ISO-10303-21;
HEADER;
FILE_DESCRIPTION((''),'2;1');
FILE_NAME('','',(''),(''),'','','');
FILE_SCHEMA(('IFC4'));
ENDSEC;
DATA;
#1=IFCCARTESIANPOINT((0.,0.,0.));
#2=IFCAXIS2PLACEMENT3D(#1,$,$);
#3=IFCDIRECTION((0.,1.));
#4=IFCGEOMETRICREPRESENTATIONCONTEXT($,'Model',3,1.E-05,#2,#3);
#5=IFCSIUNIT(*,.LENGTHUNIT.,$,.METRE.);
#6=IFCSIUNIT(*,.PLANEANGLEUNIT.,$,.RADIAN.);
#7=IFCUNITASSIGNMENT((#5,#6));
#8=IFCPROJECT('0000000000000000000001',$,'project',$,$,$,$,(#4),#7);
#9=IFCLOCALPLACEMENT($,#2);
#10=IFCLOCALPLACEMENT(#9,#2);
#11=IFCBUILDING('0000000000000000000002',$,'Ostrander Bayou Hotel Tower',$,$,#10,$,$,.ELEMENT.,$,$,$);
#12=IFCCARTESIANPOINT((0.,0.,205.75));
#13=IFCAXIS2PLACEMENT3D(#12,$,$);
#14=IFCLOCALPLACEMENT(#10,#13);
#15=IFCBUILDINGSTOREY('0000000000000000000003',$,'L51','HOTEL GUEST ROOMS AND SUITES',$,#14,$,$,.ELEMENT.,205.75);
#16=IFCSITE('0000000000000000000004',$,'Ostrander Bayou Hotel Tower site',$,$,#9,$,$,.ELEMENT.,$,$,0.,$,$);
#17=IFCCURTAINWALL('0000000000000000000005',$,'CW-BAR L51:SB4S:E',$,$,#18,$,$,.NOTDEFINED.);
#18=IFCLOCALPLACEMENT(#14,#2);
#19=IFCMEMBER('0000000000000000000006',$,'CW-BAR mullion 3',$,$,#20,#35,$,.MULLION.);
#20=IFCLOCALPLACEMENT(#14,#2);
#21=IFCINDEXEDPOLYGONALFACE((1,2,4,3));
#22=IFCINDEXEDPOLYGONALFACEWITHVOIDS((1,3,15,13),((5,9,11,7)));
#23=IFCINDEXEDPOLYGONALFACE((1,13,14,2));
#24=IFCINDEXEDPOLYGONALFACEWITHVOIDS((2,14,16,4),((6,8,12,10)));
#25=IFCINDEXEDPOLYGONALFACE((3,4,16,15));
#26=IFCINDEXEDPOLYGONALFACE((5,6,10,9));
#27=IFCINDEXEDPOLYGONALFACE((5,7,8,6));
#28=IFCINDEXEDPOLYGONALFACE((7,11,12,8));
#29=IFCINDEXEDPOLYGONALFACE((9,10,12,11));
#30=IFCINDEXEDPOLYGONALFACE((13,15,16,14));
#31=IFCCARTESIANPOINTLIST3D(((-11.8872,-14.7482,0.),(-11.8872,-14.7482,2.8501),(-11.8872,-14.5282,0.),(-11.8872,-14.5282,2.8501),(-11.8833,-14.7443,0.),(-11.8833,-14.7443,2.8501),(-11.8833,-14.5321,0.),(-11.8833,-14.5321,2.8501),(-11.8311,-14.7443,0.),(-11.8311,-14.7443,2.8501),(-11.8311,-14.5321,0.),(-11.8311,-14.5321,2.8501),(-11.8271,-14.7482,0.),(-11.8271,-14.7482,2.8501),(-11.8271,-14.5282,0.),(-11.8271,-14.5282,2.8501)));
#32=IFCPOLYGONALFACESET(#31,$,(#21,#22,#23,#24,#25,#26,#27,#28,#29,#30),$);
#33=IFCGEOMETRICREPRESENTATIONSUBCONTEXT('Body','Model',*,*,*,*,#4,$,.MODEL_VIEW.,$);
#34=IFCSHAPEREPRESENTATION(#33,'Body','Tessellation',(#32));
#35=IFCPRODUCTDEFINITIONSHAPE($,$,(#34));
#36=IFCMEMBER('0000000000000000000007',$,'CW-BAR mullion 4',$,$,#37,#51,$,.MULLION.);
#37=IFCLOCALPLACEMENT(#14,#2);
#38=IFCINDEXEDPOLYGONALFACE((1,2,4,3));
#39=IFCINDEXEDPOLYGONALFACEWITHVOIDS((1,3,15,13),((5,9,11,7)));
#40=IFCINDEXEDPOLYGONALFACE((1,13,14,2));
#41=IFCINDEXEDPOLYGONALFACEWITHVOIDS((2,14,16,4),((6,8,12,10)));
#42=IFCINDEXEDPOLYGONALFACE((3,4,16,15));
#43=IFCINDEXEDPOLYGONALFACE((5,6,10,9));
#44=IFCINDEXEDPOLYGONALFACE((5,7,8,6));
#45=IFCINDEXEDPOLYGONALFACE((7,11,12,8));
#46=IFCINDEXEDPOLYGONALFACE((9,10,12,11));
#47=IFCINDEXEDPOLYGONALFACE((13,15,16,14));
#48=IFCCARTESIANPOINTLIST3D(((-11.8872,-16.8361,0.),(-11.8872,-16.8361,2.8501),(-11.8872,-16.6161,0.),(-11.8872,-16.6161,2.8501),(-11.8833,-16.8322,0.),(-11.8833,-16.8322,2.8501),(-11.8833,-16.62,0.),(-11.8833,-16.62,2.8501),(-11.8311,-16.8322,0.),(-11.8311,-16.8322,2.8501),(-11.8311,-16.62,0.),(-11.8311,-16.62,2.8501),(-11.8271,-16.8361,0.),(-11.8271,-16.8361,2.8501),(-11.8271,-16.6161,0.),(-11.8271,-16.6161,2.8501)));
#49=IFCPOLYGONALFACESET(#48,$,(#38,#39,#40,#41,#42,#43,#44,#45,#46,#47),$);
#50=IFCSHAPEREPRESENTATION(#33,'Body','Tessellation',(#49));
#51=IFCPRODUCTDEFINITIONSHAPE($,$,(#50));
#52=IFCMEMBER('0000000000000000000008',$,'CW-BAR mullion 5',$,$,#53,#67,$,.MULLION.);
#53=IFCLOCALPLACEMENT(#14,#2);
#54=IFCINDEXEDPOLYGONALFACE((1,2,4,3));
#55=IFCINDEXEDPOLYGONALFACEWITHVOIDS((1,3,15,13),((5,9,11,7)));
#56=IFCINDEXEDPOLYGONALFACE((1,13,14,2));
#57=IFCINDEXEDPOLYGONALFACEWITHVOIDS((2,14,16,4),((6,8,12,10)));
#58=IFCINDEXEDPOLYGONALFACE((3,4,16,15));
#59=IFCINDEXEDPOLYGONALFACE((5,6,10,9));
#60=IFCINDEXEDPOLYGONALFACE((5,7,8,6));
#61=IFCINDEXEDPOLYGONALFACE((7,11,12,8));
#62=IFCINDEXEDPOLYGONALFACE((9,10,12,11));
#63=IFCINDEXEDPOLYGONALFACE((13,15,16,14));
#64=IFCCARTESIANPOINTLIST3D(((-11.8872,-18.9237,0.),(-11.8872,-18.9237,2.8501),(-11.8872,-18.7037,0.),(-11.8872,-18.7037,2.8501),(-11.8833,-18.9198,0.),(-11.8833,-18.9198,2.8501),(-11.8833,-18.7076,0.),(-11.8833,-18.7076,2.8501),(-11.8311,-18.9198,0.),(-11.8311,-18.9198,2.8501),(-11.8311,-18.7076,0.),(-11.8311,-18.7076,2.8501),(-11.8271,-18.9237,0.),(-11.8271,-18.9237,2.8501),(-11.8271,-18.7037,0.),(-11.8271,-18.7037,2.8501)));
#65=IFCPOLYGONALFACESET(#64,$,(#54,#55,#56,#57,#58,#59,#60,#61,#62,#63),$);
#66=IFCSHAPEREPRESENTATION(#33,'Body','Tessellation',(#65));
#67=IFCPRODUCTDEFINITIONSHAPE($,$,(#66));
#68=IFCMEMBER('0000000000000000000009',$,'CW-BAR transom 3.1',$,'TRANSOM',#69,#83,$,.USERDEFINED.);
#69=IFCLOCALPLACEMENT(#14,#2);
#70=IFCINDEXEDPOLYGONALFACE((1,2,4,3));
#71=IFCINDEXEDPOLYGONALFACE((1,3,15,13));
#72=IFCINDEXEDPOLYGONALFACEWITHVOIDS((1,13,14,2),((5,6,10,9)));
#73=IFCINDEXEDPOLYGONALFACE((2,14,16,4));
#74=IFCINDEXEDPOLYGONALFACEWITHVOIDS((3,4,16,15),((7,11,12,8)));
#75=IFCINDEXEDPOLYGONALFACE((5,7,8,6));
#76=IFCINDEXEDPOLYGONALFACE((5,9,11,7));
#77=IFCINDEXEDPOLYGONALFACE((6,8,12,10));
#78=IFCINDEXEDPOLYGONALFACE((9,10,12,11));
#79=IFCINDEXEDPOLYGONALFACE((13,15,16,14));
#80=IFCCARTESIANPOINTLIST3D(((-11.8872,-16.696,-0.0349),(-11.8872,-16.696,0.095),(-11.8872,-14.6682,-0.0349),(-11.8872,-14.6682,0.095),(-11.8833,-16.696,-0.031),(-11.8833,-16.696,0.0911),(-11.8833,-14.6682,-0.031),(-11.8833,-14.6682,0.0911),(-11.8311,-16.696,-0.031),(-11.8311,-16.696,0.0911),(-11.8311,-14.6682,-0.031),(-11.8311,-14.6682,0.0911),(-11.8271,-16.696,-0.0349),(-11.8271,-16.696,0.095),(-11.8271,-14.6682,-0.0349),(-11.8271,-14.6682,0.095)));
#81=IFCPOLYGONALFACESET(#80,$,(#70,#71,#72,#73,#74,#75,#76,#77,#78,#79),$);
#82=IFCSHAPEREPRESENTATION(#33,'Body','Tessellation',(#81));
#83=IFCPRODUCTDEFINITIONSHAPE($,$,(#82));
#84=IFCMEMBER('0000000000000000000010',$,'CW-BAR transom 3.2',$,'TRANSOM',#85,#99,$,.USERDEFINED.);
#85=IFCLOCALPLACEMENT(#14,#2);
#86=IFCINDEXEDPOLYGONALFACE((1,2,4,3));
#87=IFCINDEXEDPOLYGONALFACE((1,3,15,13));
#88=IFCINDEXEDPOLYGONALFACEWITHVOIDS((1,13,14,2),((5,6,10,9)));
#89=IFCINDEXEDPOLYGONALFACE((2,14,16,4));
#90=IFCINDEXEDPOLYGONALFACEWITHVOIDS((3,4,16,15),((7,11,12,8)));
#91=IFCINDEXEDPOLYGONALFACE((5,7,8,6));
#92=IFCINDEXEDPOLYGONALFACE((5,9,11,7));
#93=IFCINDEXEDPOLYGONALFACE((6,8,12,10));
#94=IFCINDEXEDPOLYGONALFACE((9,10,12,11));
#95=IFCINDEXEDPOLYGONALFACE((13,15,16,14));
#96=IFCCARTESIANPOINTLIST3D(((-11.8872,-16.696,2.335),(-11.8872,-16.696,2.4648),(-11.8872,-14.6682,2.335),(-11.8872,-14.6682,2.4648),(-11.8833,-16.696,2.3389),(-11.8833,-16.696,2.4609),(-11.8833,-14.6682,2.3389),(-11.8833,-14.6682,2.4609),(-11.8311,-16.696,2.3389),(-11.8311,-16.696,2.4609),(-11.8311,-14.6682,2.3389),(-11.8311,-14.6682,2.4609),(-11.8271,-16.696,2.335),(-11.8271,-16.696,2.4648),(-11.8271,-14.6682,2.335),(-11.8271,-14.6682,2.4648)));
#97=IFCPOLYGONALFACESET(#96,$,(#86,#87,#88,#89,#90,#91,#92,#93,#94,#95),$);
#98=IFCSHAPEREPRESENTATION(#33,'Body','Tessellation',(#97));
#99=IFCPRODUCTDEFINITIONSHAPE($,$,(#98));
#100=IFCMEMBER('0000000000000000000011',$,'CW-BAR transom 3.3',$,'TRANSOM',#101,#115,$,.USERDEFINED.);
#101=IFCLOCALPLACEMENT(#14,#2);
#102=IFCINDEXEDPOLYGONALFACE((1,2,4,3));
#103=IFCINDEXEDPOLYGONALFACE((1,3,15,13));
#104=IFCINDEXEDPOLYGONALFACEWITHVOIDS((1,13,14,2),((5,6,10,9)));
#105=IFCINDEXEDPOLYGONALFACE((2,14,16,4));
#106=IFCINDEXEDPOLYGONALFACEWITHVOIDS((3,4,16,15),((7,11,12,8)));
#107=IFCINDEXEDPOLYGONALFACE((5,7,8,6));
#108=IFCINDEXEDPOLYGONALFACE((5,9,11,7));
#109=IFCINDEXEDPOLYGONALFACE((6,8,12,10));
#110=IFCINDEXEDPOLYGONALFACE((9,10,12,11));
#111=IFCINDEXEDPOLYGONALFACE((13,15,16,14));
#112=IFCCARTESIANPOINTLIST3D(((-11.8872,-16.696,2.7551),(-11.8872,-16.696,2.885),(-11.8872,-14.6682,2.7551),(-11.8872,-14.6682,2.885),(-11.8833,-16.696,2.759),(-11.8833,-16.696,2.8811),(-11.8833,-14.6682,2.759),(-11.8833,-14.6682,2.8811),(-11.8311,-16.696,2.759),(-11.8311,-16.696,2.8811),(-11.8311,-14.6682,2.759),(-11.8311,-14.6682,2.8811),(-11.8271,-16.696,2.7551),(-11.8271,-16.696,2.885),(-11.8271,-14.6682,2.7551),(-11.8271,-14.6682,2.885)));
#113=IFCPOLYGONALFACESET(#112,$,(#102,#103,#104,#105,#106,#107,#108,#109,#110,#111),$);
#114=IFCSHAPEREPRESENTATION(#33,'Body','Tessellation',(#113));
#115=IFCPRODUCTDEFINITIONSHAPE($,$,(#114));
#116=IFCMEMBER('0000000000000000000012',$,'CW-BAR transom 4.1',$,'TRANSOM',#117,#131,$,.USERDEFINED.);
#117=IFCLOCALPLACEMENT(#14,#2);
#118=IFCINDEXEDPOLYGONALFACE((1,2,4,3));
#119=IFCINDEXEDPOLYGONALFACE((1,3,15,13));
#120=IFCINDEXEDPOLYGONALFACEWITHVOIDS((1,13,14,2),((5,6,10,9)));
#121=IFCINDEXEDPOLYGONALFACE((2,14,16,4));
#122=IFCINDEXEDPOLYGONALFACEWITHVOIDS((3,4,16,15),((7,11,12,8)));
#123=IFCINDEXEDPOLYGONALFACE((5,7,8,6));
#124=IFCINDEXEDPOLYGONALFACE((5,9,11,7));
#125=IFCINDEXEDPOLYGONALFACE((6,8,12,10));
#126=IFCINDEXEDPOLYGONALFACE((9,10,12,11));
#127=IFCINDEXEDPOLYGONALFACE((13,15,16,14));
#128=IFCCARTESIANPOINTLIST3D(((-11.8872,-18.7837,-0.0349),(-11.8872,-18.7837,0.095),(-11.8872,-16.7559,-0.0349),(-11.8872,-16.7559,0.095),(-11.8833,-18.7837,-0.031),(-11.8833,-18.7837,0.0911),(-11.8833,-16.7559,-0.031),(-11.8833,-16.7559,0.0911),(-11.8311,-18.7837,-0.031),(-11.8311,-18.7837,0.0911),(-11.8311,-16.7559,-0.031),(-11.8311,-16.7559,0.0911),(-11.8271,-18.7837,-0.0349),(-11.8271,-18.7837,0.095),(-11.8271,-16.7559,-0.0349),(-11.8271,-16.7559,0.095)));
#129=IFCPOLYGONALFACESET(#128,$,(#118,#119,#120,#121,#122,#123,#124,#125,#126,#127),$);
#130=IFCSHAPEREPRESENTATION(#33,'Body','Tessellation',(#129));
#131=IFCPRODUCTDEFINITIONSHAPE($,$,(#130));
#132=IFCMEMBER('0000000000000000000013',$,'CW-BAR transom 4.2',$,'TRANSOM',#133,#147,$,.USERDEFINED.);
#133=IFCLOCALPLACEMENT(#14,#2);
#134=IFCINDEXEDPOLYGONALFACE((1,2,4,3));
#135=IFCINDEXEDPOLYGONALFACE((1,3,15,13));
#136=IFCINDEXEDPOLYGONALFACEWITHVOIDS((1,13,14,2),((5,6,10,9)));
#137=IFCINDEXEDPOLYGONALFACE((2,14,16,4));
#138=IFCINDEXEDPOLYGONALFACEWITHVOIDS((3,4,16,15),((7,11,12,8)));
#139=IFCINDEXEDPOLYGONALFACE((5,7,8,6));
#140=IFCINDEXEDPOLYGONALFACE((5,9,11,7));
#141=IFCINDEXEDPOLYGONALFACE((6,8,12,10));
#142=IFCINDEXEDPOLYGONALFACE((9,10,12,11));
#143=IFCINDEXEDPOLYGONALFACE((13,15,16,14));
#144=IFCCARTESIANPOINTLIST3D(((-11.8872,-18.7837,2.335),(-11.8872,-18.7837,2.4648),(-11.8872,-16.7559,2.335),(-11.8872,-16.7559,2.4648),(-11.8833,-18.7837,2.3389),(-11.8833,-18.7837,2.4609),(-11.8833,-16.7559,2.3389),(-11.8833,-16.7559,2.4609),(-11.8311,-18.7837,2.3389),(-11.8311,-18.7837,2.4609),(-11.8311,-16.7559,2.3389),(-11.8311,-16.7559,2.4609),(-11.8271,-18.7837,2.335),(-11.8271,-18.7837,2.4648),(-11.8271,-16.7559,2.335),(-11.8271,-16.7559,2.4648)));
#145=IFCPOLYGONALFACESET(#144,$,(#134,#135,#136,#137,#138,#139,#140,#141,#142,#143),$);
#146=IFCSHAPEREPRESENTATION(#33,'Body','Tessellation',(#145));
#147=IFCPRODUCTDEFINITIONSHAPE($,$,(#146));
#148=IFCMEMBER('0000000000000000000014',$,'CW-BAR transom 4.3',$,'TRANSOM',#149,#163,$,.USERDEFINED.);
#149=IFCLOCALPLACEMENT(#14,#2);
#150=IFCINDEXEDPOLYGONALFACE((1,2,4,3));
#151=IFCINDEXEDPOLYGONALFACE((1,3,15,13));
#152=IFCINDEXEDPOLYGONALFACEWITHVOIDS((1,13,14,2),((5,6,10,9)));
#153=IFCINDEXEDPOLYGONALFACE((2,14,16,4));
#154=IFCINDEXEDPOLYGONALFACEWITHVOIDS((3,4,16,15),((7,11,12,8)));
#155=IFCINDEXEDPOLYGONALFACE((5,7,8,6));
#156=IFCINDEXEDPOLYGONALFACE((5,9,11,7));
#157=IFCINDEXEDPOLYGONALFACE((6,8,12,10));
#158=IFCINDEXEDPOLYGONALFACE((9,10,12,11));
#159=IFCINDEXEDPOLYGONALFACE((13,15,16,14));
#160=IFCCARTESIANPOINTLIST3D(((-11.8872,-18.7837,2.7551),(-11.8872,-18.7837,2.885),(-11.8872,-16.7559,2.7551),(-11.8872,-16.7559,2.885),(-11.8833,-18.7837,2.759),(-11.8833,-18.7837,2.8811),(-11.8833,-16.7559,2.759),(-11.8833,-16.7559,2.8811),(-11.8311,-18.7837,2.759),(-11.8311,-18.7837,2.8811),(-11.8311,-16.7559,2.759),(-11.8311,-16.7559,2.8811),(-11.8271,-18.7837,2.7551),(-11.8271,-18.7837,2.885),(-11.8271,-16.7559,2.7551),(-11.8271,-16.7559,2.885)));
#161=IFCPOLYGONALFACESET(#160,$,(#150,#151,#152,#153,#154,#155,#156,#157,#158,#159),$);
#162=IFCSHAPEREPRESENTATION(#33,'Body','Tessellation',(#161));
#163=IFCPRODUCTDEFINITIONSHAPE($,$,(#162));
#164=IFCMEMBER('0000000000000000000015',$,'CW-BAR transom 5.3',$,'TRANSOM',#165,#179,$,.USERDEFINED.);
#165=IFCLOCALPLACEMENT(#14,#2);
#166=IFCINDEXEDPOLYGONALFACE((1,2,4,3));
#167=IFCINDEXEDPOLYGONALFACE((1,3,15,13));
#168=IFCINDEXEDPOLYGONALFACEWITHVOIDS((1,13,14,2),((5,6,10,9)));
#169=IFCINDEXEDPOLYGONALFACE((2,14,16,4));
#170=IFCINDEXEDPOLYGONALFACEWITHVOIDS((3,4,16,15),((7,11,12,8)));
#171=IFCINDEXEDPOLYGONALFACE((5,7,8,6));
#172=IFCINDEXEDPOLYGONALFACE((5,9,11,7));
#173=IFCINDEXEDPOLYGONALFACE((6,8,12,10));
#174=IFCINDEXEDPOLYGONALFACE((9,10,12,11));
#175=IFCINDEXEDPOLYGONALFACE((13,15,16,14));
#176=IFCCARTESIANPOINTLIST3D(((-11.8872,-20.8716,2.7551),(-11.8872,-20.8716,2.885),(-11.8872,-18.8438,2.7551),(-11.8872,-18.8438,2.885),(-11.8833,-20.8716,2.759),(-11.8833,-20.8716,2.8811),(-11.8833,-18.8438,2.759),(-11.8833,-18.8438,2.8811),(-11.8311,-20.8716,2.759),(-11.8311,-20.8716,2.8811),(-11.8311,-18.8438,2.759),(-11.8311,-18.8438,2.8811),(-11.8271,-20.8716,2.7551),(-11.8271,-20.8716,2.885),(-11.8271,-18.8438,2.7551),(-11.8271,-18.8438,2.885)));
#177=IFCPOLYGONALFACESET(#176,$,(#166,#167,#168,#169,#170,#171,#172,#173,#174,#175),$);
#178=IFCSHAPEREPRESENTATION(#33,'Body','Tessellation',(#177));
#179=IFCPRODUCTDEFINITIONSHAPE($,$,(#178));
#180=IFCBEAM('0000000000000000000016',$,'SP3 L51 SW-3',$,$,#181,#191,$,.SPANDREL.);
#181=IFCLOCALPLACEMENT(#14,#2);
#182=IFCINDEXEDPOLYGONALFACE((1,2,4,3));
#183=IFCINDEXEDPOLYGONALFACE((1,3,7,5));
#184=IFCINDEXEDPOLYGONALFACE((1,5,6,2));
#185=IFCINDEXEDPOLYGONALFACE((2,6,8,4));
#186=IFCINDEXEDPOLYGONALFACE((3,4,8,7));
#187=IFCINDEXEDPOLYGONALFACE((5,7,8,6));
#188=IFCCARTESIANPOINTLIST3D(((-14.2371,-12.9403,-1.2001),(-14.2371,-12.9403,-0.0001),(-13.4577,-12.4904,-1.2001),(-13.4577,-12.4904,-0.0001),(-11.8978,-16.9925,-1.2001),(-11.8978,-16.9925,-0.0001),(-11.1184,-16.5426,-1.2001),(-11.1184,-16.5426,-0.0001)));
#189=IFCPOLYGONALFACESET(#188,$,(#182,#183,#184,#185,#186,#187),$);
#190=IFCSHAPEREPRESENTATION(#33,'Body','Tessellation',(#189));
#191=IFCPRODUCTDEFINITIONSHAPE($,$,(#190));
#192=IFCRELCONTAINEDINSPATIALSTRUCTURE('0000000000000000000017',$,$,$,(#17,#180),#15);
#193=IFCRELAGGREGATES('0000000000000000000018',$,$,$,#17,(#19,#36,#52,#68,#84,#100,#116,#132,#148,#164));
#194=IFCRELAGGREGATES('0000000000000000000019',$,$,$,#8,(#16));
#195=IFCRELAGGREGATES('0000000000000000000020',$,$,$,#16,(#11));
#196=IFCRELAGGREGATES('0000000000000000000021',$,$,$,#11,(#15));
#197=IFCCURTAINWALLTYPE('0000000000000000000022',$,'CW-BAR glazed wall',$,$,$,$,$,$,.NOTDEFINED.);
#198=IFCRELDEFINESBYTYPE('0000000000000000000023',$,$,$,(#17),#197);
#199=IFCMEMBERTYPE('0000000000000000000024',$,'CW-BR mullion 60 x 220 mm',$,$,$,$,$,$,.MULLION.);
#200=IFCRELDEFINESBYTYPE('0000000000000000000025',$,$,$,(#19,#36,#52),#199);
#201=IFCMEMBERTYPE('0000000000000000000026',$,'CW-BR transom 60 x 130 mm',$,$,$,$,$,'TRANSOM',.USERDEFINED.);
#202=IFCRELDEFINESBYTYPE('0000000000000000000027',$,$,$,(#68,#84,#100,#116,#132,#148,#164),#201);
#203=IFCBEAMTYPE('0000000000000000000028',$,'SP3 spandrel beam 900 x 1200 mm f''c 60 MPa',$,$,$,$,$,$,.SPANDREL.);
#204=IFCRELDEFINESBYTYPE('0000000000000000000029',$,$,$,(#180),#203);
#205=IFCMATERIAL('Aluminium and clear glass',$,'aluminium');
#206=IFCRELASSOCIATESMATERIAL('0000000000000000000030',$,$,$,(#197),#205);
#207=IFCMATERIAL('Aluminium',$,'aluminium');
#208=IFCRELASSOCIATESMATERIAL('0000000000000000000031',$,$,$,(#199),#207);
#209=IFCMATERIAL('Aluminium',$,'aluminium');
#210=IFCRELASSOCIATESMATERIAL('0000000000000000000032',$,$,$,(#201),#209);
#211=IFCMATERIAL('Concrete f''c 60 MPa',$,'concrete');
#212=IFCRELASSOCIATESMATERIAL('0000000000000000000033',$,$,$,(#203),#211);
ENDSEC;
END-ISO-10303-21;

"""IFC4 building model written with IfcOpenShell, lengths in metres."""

from ifc_helpers import new_model, si_unit, direction, frame, origin, origin_2d, place, context, subcontext, project, spatial, rectangle, hollow_rectangle, extrude, material, material_profile, profile_set, type_object, element, aggregate, save


model = new_model("IFC4")

# Units and contexts
model_context = context("Model", 3, precision=1e-05, world=origin(), true_north=direction((0.0, 1.0)))
body_context = subcontext(model_context, "Body", "Model", "MODEL_VIEW")
ifc_project = project(units=[si_unit("LENGTHUNIT", "METRE"), si_unit("PLANEANGLEUNIT", "RADIAN")], contexts=[model_context])

# Site, building, storey
site_placement = place(None, origin())
site = spatial("IfcSite", under=ifc_project, at=site_placement, Name="Ostrander Bayou Hotel Tower site", CompositionType="ELEMENT", RefElevation=0.0)
building_placement = place(site_placement, origin())
building = spatial("IfcBuilding", under=site, at=building_placement, Name="Ostrander Bayou Hotel Tower", CompositionType="ELEMENT")
storey_placement = place(building_placement, frame((0.0, 0.0, 205.75)))
storey = spatial("IfcBuildingStorey", under=building, at=storey_placement, Name="L51", Description="HOTEL GUEST ROOMS AND SUITES", CompositionType="ELEMENT", Elevation=205.75)

# Curtain wall, members
ifc_material_1 = material(Name="Aluminium and clear glass", Category="aluminium")
curtain_wall_type = type_object("IfcCurtainWallType", Name="CW-BAR glazed wall", PredefinedType="NOTDEFINED", material=ifc_material_1)
curtain_wall_placement = place(storey_placement, origin())
curtain_wall = element("IfcCurtainWall", 1, at=curtain_wall_placement, inside=storey, type_object=curtain_wall_type, Name="CW-BAR L51:SB4S:E", PredefinedType="NOTDEFINED")
ifc_material_2 = material(Name="Aluminium", Category="aluminium")
ifc_material_profile_1 = material_profile(ifc_material_2, hollow_rectangle(XDim=0.0601, YDim=0.22, WallThickness=0.0039, at=origin_2d()))
ifc_profile_set_1 = profile_set([ifc_material_profile_1], Name="Aluminium")
member_type_1 = type_object("IfcMemberType", Name="CW-BR mullion 60 x 220 mm", PredefinedType="MULLION", material=ifc_profile_set_1)
member_1_placement = place(storey_placement, frame((-11.8572, -14.6382, 0.0), z_axis=(0.0, 0.0, 1.0), x_axis=(1.0, 0.0, 0.0)))
member_1 = element("IfcMember", 2, at=member_1_placement, type_object=member_type_1, Name="CW-BAR mullion 3", PredefinedType="MULLION", context=body_context, shape_type="SweptSolid", body=[
    extrude(hollow_rectangle(XDim=0.0601, YDim=0.22, WallThickness=0.0039, at=origin_2d()), origin(), (0.0, 0.0, 1.0), 2.8501),
])
member_2_placement = place(storey_placement, frame((-11.8572, -16.7261, 0.0), z_axis=(0.0, 0.0, 1.0), x_axis=(1.0, 0.0, 0.0)))
member_2 = element("IfcMember", 3, at=member_2_placement, type_object=member_type_1, Name="CW-BAR mullion 4", PredefinedType="MULLION", context=body_context, shape_type="SweptSolid", body=[
    extrude(hollow_rectangle(XDim=0.0601, YDim=0.22, WallThickness=0.0039, at=origin_2d()), origin(), (0.0, 0.0, 1.0), 2.8501),
])
member_3_placement = place(storey_placement, frame((-11.8572, -18.8137, 0.0), z_axis=(0.0, 0.0, 1.0), x_axis=(1.0, 0.0, 0.0)))
member_3 = element("IfcMember", 4, at=member_3_placement, type_object=member_type_1, Name="CW-BAR mullion 5", PredefinedType="MULLION", context=body_context, shape_type="SweptSolid", body=[
    extrude(hollow_rectangle(XDim=0.0601, YDim=0.22, WallThickness=0.0039, at=origin_2d()), origin(), (0.0, 0.0, 1.0), 2.8501),
])
ifc_material_3 = material(Name="Aluminium", Category="aluminium")
ifc_material_profile_2 = material_profile(ifc_material_3, hollow_rectangle(XDim=0.0601, YDim=0.1299, WallThickness=0.0039, at=origin_2d()))
ifc_profile_set_2 = profile_set([ifc_material_profile_2], Name="Aluminium")
member_type_2 = type_object("IfcMemberType", Name="CW-BR transom 60 x 130 mm", ElementType="TRANSOM", PredefinedType="USERDEFINED", material=ifc_profile_set_2)
member_4_placement = place(storey_placement, frame((-11.8572, -14.6682, 0.03), z_axis=(0.0, -1.0, 0.0), x_axis=(1.0, 0.0, 0.0)))
member_4 = element("IfcMember", 5, at=member_4_placement, type_object=member_type_2, Name="CW-BAR transom 3.1", ObjectType="TRANSOM", PredefinedType="USERDEFINED", context=body_context, shape_type="SweptSolid", body=[
    extrude(hollow_rectangle(XDim=0.0601, YDim=0.1299, WallThickness=0.0039, at=origin_2d()), origin(), (0.0, 0.0, 1.0), 2.0278),
])
member_5_placement = place(storey_placement, frame((-11.8572, -14.6682, 2.3999), z_axis=(0.0, -1.0, 0.0), x_axis=(1.0, 0.0, 0.0)))
member_5 = element("IfcMember", 6, at=member_5_placement, type_object=member_type_2, Name="CW-BAR transom 3.2", ObjectType="TRANSOM", PredefinedType="USERDEFINED", context=body_context, shape_type="SweptSolid", body=[
    extrude(hollow_rectangle(XDim=0.0601, YDim=0.1299, WallThickness=0.0039, at=origin_2d()), origin(), (0.0, 0.0, 1.0), 2.0278),
])
member_6_placement = place(storey_placement, frame((-11.8572, -14.6682, 2.8201), z_axis=(0.0, -1.0, 0.0), x_axis=(1.0, 0.0, 0.0)))
member_6 = element("IfcMember", 7, at=member_6_placement, type_object=member_type_2, Name="CW-BAR transom 3.3", ObjectType="TRANSOM", PredefinedType="USERDEFINED", context=body_context, shape_type="SweptSolid", body=[
    extrude(hollow_rectangle(XDim=0.0601, YDim=0.1299, WallThickness=0.0039, at=origin_2d()), origin(), (0.0, 0.0, 1.0), 2.0278),
])
member_7_placement = place(storey_placement, frame((-11.8572, -16.7559, 0.03), z_axis=(0.0, -1.0, 0.0), x_axis=(1.0, 0.0, 0.0)))
member_7 = element("IfcMember", 8, at=member_7_placement, type_object=member_type_2, Name="CW-BAR transom 4.1", ObjectType="TRANSOM", PredefinedType="USERDEFINED", context=body_context, shape_type="SweptSolid", body=[
    extrude(hollow_rectangle(XDim=0.0601, YDim=0.1299, WallThickness=0.0039, at=origin_2d()), origin(), (0.0, 0.0, 1.0), 2.0278),
])
member_8_placement = place(storey_placement, frame((-11.8572, -16.7559, 2.3999), z_axis=(0.0, -1.0, 0.0), x_axis=(1.0, 0.0, 0.0)))
member_8 = element("IfcMember", 9, at=member_8_placement, type_object=member_type_2, Name="CW-BAR transom 4.2", ObjectType="TRANSOM", PredefinedType="USERDEFINED", context=body_context, shape_type="SweptSolid", body=[
    extrude(hollow_rectangle(XDim=0.0601, YDim=0.1299, WallThickness=0.0039, at=origin_2d()), origin(), (0.0, 0.0, 1.0), 2.0278),
])
member_9_placement = place(storey_placement, frame((-11.8572, -16.7559, 2.8201), z_axis=(0.0, -1.0, 0.0), x_axis=(1.0, 0.0, 0.0)))
member_9 = element("IfcMember", 10, at=member_9_placement, type_object=member_type_2, Name="CW-BAR transom 4.3", ObjectType="TRANSOM", PredefinedType="USERDEFINED", context=body_context, shape_type="SweptSolid", body=[
    extrude(hollow_rectangle(XDim=0.0601, YDim=0.1299, WallThickness=0.0039, at=origin_2d()), origin(), (0.0, 0.0, 1.0), 2.0278),
])
member_10_placement = place(storey_placement, frame((-11.8572, -18.8438, 2.8201), z_axis=(0.0, -1.0, 0.0), x_axis=(1.0, 0.0, 0.0)))
member_10 = element("IfcMember", 11, at=member_10_placement, type_object=member_type_2, Name="CW-BAR transom 5.3", ObjectType="TRANSOM", PredefinedType="USERDEFINED", context=body_context, shape_type="SweptSolid", body=[
    extrude(hollow_rectangle(XDim=0.0601, YDim=0.1299, WallThickness=0.0039, at=origin_2d()), origin(), (0.0, 0.0, 1.0), 2.0278),
])

# Beam
ifc_material_4 = material(Name="Concrete f'c 60 MPa", Category="concrete")
ifc_material_profile_3 = material_profile(ifc_material_4, rectangle(XDim=0.8999, YDim=1.2, at=origin_2d()))
ifc_profile_set_3 = profile_set([ifc_material_profile_3], Name="Concrete f'c 60 MPa")
beam_type = type_object("IfcBeamType", Name="SP3 spandrel beam 900 x 1200 mm f'c 60 MPa", PredefinedType="SPANDREL", material=ifc_profile_set_3)
beam_placement = place(storey_placement, frame((-13.8474, -12.7153, -0.6001), z_axis=(0.499966, -0.866045, 0.0), x_axis=(0.866045, 0.499966, 0.0)))
element("IfcBeam", 12, at=beam_placement, inside=storey, type_object=beam_type, Name="SP3 L51 SW-3", PredefinedType="SPANDREL", context=body_context, shape_type="SweptSolid", body=[
    extrude(rectangle(XDim=0.8999, YDim=1.2, at=origin_2d()), origin(), (0.0, 0.0, 1.0), 4.679),
])

aggregate(curtain_wall, [member_1, member_2, member_3, member_4, member_5, member_6, member_7, member_8, member_9, member_10])

save(model, "model.ifc")
